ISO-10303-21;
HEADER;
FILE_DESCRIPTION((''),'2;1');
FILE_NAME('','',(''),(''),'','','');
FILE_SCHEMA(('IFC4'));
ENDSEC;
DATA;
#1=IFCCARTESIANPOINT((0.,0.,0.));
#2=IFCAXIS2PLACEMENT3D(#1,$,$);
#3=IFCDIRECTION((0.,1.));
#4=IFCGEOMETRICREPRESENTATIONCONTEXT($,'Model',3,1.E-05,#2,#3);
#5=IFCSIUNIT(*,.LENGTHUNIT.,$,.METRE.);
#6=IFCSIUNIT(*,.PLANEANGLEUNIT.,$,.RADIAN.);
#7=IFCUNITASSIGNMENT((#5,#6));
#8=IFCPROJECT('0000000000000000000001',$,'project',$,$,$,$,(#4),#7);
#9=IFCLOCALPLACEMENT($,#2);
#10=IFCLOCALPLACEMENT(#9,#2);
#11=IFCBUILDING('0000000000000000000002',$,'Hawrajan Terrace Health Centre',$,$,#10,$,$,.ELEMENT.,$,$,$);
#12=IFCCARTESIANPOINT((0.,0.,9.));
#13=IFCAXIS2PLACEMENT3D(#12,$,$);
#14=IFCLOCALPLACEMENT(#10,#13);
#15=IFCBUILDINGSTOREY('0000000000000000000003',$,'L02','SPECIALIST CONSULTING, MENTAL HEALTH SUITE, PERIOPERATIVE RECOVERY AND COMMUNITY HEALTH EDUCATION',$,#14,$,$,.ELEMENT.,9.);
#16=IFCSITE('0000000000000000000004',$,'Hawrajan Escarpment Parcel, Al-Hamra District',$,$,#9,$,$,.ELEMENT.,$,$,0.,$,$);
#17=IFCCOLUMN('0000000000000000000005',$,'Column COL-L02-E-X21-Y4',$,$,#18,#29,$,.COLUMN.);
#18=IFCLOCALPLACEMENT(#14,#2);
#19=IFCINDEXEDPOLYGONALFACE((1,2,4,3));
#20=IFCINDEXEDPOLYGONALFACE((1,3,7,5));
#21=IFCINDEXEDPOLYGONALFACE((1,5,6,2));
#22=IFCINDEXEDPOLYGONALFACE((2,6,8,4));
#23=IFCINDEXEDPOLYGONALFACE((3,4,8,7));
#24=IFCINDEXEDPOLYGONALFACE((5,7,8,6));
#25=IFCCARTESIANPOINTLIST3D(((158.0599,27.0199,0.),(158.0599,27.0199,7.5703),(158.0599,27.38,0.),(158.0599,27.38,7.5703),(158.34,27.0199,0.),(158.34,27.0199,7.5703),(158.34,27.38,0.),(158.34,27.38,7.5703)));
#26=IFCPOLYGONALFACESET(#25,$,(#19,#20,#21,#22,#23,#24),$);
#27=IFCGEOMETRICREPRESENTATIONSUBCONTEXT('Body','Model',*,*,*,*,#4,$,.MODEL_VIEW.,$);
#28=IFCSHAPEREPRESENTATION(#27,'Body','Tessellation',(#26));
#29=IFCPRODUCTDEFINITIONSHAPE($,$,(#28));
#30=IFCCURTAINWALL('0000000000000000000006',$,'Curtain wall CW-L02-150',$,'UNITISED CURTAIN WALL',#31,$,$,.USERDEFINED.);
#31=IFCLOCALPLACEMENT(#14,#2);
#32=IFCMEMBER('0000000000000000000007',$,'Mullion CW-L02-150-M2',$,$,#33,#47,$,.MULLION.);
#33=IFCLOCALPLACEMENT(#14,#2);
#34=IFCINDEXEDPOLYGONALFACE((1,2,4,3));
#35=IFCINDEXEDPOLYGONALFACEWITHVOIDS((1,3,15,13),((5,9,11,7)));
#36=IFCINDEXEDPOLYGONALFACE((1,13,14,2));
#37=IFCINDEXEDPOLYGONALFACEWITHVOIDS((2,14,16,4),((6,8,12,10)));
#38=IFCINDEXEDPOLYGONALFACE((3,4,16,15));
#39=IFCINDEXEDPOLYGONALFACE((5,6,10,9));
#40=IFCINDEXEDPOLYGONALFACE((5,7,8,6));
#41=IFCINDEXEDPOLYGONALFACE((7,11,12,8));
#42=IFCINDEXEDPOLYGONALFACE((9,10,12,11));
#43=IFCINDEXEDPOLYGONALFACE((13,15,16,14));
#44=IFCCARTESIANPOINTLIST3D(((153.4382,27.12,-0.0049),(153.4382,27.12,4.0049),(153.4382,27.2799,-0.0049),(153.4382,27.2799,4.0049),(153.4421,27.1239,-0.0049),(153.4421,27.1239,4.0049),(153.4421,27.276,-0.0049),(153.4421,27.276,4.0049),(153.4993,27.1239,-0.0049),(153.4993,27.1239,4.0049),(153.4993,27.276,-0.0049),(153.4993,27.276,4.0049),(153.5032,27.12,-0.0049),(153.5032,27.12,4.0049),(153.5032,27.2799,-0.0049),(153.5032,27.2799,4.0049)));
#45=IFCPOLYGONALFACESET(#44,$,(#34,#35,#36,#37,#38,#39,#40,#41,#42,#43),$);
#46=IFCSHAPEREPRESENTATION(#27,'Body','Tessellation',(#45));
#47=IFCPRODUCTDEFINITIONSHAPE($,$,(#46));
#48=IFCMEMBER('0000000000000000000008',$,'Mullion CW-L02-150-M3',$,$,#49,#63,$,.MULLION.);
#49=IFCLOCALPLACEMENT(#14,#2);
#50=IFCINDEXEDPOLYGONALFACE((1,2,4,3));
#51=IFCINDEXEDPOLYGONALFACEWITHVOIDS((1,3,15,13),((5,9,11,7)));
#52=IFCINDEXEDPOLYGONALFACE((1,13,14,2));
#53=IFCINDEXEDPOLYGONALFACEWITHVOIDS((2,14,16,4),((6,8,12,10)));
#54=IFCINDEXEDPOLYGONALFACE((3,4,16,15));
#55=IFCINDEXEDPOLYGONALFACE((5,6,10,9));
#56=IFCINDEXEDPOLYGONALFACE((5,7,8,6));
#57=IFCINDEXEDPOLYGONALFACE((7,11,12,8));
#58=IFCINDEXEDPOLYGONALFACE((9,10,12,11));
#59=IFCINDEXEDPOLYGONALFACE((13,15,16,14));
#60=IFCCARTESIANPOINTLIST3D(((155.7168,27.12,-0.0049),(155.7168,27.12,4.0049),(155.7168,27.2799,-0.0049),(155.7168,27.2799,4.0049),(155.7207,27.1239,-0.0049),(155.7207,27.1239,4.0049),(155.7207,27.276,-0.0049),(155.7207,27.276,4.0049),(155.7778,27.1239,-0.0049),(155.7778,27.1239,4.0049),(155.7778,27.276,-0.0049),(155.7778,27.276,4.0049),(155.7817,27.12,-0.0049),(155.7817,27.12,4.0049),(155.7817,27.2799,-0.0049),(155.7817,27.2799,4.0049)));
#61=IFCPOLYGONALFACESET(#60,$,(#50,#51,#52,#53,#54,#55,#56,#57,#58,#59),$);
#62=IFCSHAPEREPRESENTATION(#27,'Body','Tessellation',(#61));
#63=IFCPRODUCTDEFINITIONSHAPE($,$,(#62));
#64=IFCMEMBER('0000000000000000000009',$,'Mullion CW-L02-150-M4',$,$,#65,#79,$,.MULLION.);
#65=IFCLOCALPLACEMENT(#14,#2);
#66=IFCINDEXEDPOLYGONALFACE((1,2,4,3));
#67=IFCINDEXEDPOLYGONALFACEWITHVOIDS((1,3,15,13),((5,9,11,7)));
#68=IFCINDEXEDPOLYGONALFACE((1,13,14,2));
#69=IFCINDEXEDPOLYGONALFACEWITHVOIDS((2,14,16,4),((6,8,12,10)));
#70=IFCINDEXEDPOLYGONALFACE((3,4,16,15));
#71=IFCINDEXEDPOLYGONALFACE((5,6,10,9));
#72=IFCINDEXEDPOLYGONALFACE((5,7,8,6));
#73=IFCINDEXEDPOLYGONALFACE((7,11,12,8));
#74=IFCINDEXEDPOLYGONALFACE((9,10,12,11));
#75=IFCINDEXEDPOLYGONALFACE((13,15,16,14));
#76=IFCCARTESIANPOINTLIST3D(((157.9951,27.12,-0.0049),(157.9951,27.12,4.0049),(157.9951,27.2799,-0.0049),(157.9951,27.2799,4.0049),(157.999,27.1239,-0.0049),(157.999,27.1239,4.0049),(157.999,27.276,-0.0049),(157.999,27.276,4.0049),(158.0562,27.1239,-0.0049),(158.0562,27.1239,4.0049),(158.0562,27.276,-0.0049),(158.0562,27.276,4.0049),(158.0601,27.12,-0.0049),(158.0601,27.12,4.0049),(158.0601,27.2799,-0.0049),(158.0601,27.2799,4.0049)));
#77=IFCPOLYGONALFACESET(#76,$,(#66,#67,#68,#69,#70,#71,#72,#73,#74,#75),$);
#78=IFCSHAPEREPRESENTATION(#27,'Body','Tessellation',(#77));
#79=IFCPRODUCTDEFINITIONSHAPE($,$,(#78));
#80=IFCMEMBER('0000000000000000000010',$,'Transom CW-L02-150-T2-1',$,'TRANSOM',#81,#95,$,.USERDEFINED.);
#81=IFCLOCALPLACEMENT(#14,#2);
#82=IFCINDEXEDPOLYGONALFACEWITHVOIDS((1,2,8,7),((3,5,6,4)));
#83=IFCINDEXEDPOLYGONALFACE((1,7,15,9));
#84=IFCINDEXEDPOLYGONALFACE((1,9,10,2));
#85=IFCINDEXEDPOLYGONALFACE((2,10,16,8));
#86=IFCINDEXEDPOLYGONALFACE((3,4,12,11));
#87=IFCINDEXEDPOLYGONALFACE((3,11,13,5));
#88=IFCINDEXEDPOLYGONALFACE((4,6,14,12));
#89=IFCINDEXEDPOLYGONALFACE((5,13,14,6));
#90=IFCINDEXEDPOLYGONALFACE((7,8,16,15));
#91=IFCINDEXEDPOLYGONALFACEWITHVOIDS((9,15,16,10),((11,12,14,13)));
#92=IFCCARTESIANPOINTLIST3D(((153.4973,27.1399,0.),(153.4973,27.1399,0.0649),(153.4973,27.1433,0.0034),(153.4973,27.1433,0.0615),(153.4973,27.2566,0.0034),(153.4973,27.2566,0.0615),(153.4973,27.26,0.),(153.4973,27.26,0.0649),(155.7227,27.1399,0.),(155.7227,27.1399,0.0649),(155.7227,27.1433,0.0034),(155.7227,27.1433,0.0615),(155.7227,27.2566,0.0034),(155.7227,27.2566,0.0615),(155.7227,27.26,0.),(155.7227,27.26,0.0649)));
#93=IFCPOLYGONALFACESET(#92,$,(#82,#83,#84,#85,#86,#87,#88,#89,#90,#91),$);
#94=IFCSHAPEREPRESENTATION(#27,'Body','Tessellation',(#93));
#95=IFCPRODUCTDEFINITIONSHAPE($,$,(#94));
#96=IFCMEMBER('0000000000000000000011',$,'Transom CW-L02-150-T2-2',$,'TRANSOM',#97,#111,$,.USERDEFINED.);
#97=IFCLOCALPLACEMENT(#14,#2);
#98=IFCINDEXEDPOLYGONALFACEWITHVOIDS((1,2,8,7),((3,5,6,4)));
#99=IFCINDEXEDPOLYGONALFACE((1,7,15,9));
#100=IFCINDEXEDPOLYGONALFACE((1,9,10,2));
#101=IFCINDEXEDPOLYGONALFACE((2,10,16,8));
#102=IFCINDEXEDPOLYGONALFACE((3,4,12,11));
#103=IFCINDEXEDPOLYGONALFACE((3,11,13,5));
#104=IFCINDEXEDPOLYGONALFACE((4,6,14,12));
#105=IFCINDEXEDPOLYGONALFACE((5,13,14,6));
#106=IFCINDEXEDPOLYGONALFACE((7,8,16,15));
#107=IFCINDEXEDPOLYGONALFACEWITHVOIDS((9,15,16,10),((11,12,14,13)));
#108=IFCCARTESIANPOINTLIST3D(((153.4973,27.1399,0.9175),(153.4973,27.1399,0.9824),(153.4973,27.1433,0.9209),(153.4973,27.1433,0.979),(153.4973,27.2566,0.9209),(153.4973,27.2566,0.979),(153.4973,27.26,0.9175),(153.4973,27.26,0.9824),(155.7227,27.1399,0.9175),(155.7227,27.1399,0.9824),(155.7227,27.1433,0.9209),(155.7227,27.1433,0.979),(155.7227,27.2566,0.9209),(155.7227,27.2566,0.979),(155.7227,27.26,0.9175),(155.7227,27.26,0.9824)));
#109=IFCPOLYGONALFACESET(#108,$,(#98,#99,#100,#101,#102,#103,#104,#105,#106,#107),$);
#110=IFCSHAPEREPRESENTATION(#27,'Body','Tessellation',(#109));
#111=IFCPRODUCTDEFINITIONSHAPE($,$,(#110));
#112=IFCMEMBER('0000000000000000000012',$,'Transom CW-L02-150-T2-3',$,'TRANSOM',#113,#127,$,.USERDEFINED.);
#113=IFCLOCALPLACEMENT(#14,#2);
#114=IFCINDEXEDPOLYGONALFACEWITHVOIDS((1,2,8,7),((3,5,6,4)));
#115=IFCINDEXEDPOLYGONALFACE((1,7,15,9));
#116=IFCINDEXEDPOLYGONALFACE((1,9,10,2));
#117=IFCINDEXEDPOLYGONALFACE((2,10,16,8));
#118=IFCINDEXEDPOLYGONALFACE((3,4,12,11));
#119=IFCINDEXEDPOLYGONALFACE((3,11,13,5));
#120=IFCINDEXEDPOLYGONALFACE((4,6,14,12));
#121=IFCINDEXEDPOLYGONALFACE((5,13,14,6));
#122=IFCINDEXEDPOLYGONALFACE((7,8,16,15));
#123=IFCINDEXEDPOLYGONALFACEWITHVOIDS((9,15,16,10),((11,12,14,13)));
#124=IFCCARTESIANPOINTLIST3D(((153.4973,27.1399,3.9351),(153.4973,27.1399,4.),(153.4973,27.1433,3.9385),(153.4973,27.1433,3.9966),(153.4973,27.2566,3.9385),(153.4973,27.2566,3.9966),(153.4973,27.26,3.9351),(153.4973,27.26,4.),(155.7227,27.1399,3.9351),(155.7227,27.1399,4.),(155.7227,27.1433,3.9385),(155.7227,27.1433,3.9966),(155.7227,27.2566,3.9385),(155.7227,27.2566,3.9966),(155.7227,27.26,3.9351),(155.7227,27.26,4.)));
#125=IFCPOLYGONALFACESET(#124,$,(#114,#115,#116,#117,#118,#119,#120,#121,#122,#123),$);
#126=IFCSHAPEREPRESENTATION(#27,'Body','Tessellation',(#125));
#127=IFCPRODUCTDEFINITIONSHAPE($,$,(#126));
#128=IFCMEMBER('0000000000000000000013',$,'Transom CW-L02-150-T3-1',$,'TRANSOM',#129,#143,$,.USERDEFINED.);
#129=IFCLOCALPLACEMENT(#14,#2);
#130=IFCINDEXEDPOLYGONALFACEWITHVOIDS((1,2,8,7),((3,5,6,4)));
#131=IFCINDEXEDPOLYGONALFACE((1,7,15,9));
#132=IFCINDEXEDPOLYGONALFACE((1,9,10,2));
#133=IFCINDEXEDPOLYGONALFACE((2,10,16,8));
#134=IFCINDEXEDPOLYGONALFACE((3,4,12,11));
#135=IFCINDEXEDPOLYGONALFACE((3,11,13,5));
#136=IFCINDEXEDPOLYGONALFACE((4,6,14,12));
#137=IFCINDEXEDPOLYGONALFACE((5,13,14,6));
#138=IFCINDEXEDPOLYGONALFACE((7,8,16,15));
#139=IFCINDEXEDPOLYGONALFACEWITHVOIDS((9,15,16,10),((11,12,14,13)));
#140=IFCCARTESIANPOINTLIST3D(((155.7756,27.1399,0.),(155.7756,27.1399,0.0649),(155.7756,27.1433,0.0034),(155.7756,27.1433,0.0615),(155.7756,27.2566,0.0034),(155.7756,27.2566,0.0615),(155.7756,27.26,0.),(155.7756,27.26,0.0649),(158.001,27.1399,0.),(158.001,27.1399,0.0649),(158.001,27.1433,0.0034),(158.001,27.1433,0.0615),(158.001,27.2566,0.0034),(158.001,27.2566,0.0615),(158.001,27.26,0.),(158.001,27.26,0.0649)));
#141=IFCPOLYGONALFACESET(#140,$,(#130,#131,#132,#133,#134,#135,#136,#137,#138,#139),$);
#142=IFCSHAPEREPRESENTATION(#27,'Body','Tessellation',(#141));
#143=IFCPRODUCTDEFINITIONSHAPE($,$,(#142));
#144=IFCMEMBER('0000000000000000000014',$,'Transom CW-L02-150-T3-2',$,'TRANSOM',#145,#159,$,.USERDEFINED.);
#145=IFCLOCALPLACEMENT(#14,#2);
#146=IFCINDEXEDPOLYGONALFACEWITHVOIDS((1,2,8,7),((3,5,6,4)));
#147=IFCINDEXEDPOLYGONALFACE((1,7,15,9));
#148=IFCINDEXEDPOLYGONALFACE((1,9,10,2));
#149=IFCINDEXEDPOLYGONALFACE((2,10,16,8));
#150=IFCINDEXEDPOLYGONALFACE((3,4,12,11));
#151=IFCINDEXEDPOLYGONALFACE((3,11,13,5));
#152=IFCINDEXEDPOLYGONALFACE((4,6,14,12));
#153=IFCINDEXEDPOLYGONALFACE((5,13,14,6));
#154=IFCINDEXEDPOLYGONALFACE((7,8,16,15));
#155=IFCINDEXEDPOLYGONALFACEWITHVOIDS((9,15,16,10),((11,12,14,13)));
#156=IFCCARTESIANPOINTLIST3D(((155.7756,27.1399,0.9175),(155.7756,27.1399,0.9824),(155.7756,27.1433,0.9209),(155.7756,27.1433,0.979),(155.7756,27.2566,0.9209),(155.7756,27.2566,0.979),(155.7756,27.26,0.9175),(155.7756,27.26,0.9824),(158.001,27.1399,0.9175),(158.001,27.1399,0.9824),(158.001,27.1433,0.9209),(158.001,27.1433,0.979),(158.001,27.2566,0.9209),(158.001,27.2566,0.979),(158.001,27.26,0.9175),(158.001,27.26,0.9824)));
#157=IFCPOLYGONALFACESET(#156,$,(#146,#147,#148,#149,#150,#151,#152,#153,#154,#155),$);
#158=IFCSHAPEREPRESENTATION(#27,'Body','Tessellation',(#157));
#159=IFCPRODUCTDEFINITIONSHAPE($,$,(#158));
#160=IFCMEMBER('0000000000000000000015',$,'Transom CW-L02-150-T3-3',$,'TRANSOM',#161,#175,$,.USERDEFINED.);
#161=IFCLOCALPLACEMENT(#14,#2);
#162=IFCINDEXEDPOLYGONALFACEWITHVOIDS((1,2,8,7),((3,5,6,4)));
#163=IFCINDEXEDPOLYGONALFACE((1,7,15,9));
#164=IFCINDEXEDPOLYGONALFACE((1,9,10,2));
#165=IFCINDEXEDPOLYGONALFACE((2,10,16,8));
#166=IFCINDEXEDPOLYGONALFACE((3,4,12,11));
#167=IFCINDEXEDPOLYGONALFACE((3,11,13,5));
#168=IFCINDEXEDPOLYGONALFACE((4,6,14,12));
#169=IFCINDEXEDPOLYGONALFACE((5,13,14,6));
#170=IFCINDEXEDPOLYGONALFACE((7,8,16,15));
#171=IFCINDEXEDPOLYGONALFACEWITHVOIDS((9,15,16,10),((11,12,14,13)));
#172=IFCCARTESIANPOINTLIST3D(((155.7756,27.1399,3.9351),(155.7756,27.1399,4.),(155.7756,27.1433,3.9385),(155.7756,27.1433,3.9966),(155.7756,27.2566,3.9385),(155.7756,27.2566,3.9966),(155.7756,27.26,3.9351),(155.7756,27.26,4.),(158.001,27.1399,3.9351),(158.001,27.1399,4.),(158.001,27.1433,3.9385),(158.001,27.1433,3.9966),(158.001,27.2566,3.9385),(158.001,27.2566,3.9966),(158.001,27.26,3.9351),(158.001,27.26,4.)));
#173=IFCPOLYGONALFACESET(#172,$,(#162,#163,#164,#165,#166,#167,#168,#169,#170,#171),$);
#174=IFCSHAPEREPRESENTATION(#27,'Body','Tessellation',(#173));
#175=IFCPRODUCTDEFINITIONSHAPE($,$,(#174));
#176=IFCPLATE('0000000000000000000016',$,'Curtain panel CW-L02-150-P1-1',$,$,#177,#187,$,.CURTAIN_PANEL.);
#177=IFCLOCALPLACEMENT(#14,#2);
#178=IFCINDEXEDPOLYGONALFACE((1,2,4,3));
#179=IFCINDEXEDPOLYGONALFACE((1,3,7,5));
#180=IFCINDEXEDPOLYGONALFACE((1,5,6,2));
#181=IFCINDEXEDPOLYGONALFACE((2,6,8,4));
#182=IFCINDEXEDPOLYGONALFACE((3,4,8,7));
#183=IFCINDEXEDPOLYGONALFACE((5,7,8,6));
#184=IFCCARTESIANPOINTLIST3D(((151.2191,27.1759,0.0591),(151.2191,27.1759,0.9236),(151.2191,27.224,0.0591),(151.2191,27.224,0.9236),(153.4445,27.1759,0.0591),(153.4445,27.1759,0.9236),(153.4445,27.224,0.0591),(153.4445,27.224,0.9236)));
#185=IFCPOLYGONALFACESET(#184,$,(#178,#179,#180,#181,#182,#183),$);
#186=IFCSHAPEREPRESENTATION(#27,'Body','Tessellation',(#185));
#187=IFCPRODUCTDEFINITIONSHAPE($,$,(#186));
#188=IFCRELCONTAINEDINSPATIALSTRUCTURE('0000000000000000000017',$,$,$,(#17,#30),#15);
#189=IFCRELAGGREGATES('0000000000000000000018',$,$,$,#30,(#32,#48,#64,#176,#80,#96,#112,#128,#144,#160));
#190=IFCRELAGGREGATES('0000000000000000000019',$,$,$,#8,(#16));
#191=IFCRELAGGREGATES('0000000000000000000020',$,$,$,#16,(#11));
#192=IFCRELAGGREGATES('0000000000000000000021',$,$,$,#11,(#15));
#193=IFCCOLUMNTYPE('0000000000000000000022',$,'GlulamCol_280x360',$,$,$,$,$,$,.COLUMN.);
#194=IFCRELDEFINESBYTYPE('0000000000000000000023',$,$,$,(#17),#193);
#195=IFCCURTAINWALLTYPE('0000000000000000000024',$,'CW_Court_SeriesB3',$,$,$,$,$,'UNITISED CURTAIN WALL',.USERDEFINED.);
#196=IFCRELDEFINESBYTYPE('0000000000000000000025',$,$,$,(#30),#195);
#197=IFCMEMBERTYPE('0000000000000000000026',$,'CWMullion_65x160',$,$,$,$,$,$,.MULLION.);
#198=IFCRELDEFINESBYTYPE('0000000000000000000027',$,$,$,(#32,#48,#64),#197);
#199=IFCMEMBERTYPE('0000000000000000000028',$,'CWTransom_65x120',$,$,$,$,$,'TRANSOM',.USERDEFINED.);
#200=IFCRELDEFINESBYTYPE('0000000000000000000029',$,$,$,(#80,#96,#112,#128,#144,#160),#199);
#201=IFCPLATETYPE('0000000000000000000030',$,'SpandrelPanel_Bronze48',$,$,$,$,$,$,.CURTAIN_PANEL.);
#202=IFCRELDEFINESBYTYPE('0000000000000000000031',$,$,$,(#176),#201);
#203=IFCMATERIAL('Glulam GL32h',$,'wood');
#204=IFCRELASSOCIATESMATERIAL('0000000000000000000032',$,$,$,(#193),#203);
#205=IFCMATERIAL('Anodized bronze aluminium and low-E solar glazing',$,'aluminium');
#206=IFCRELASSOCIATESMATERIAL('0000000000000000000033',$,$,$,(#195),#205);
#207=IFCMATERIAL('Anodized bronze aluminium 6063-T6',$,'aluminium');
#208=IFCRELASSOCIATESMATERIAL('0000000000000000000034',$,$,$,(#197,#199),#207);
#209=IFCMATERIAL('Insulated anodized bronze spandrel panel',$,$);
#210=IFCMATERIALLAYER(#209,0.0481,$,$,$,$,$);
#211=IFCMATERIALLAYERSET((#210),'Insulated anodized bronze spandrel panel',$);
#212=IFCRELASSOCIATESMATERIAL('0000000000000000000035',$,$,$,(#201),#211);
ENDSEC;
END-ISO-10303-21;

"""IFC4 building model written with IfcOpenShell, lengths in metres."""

from ifc_helpers import new_model, si_unit, direction, frame, origin, origin_2d, place, context, subcontext, project, spatial, rectangle, hollow_rectangle, extrude, material, layer, layer_set, material_profile, profile_set, type_object, element, aggregate, save


model = new_model("IFC4")

# Units and contexts
model_context = context("Model", 3, precision=1e-05, world=origin(), true_north=direction((0.0, 1.0)))
body_context = subcontext(model_context, "Body", "Model", "MODEL_VIEW")
ifc_project = project(units=[si_unit("LENGTHUNIT", "METRE"), si_unit("PLANEANGLEUNIT", "RADIAN")], contexts=[model_context])

# Site, building, storey
site_placement = place(None, origin())
site = spatial("IfcSite", under=ifc_project, at=site_placement, Name="Hawrajan Escarpment Parcel, Al-Hamra District", CompositionType="ELEMENT", RefElevation=0.0)
building_placement = place(site_placement, origin())
building = spatial("IfcBuilding", under=site, at=building_placement, Name="Hawrajan Terrace Health Centre", CompositionType="ELEMENT")
storey_placement = place(building_placement, frame((0.0, 0.0, 9.0)))
storey = spatial("IfcBuildingStorey", under=building, at=storey_placement, Name="L02", Description="SPECIALIST CONSULTING, MENTAL HEALTH SUITE, PERIOPERATIVE RECOVERY AND COMMUNITY HEALTH EDUCATION", CompositionType="ELEMENT", Elevation=9.0)

# Column
ifc_material_1 = material(Name="Glulam GL32h", Category="wood")
ifc_material_profile_1 = material_profile(ifc_material_1, rectangle(XDim=0.28, YDim=0.3601, at=origin_2d()), Name="GL 280x360")
ifc_profile_set_1 = profile_set([ifc_material_profile_1], Name="Glulam GL32h")
column_type = type_object("IfcColumnType", Name="GlulamCol_280x360", PredefinedType="COLUMN", material=ifc_profile_set_1)
column_placement = place(storey_placement, frame((158.2, 27.2, 0.0), z_axis=(0.0, 0.0, 1.0), x_axis=(1.0, 0.0, 0.0)))
element("IfcColumn", 1, at=column_placement, inside=storey, type_object=column_type, Name="Column COL-L02-E-X21-Y4", PredefinedType="COLUMN", context=body_context, shape_type="SweptSolid", body=[
    extrude(rectangle(XDim=0.28, YDim=0.3601, at=origin_2d()), origin(), (0.0, 0.0, 1.0), 7.5703),
])

# Curtain wall, members, plate
ifc_material_2 = material(Name="Anodized bronze aluminium and low-E solar glazing", Category="aluminium")
curtain_wall_type = type_object("IfcCurtainWallType", Name="CW_Court_SeriesB3", ElementType="UNITISED CURTAIN WALL", PredefinedType="USERDEFINED", material=ifc_material_2)
curtain_wall_placement = place(storey_placement, origin())
curtain_wall = element("IfcCurtainWall", 2, at=curtain_wall_placement, inside=storey, type_object=curtain_wall_type, Name="Curtain wall CW-L02-150", ObjectType="UNITISED CURTAIN WALL", PredefinedType="USERDEFINED")
ifc_material_3 = material(Name="Anodized bronze aluminium 6063-T6", Category="aluminium")
ifc_material_profile_2 = material_profile(ifc_material_3, hollow_rectangle(XDim=0.0649, YDim=0.1599, WallThickness=0.0039, at=origin_2d()), Name="CW MUL 65x160")
ifc_profile_set_2 = profile_set([ifc_material_profile_2], Name="Anodized bronze aluminium 6063-T6")
member_type_1 = type_object("IfcMemberType", Name="CWMullion_65x160", PredefinedType="MULLION", material=ifc_profile_set_2)
member_1_placement = place(storey_placement, frame((153.4707, 27.2, -0.0049), z_axis=(0.0, 0.0, 1.0), x_axis=(1.0, 0.0, 0.0)))
member_1 = element("IfcMember", 3, at=member_1_placement, type_object=member_type_1, Name="Mullion CW-L02-150-M2", PredefinedType="MULLION", context=body_context, shape_type="SweptSolid", body=[
    extrude(hollow_rectangle(XDim=0.0649, YDim=0.1599, WallThickness=0.0039, at=origin_2d()), origin(), (0.0, 0.0, 1.0), 4.0098),
])
member_2_placement = place(storey_placement, frame((155.7493, 27.2, -0.0049), z_axis=(0.0, 0.0, 1.0), x_axis=(1.0, 0.0, 0.0)))
member_2 = element("IfcMember", 4, at=member_2_placement, type_object=member_type_1, Name="Mullion CW-L02-150-M3", PredefinedType="MULLION", context=body_context, shape_type="SweptSolid", body=[
    extrude(hollow_rectangle(XDim=0.0649, YDim=0.1599, WallThickness=0.0039, at=origin_2d()), origin(), (0.0, 0.0, 1.0), 4.0098),
])
member_3_placement = place(storey_placement, frame((158.0276, 27.2, -0.0049), z_axis=(0.0, 0.0, 1.0), x_axis=(1.0, 0.0, 0.0)))
member_3 = element("IfcMember", 5, at=member_3_placement, type_object=member_type_1, Name="Mullion CW-L02-150-M4", PredefinedType="MULLION", context=body_context, shape_type="SweptSolid", body=[
    extrude(hollow_rectangle(XDim=0.0649, YDim=0.1599, WallThickness=0.0039, at=origin_2d()), origin(), (0.0, 0.0, 1.0), 4.0098),
])
ifc_material_profile_3 = material_profile(ifc_material_3, hollow_rectangle(XDim=0.0649, YDim=0.1201, WallThickness=0.0034, at=origin_2d()), Name="CW TRN 65x120")
ifc_profile_set_3 = profile_set([ifc_material_profile_3], Name="Anodized bronze aluminium 6063-T6")
member_type_2 = type_object("IfcMemberType", Name="CWTransom_65x120", ElementType="TRANSOM", PredefinedType="USERDEFINED", material=ifc_profile_set_3)
member_4_placement = place(storey_placement, frame((153.4973, 27.2, 0.0325), z_axis=(1.0, 0.0, 0.0), x_axis=(0.0, 0.0, 1.0)))
member_4 = element("IfcMember", 6, at=member_4_placement, type_object=member_type_2, Name="Transom CW-L02-150-T2-1", ObjectType="TRANSOM", PredefinedType="USERDEFINED", context=body_context, shape_type="SweptSolid", body=[
    extrude(hollow_rectangle(XDim=0.0649, YDim=0.1201, WallThickness=0.0034, at=origin_2d()), origin(), (0.0, 0.0, 1.0), 2.2253),
])
member_5_placement = place(storey_placement, frame((153.4973, 27.2, 0.95), z_axis=(1.0, 0.0, 0.0), x_axis=(0.0, 0.0, 1.0)))
member_5 = element("IfcMember", 7, at=member_5_placement, type_object=member_type_2, Name="Transom CW-L02-150-T2-2", ObjectType="TRANSOM", PredefinedType="USERDEFINED", context=body_context, shape_type="SweptSolid", body=[
    extrude(hollow_rectangle(XDim=0.0649, YDim=0.1201, WallThickness=0.0034, at=origin_2d()), origin(), (0.0, 0.0, 1.0), 2.2253),
])
member_6_placement = place(storey_placement, frame((153.4973, 27.2, 3.9675), z_axis=(1.0, 0.0, 0.0), x_axis=(0.0, 0.0, 1.0)))
member_6 = element("IfcMember", 8, at=member_6_placement, type_object=member_type_2, Name="Transom CW-L02-150-T2-3", ObjectType="TRANSOM", PredefinedType="USERDEFINED", context=body_context, shape_type="SweptSolid", body=[
    extrude(hollow_rectangle(XDim=0.0649, YDim=0.1201, WallThickness=0.0034, at=origin_2d()), origin(), (0.0, 0.0, 1.0), 2.2253),
])
member_7_placement = place(storey_placement, frame((155.7756, 27.2, 0.0325), z_axis=(1.0, 0.0, 0.0), x_axis=(0.0, 0.0, 1.0)))
member_7 = element("IfcMember", 9, at=member_7_placement, type_object=member_type_2, Name="Transom CW-L02-150-T3-1", ObjectType="TRANSOM", PredefinedType="USERDEFINED", context=body_context, shape_type="SweptSolid", body=[
    extrude(hollow_rectangle(XDim=0.0649, YDim=0.1201, WallThickness=0.0034, at=origin_2d()), origin(), (0.0, 0.0, 1.0), 2.2253),
])
member_8_placement = place(storey_placement, frame((155.7756, 27.2, 0.95), z_axis=(1.0, 0.0, 0.0), x_axis=(0.0, 0.0, 1.0)))
member_8 = element("IfcMember", 10, at=member_8_placement, type_object=member_type_2, Name="Transom CW-L02-150-T3-2", ObjectType="TRANSOM", PredefinedType="USERDEFINED", context=body_context, shape_type="SweptSolid", body=[
    extrude(hollow_rectangle(XDim=0.0649, YDim=0.1201, WallThickness=0.0034, at=origin_2d()), origin(), (0.0, 0.0, 1.0), 2.2253),
])
member_9_placement = place(storey_placement, frame((155.7756, 27.2, 3.9675), z_axis=(1.0, 0.0, 0.0), x_axis=(0.0, 0.0, 1.0)))
member_9 = element("IfcMember", 11, at=member_9_placement, type_object=member_type_2, Name="Transom CW-L02-150-T3-3", ObjectType="TRANSOM", PredefinedType="USERDEFINED", context=body_context, shape_type="SweptSolid", body=[
    extrude(hollow_rectangle(XDim=0.0649, YDim=0.1201, WallThickness=0.0034, at=origin_2d()), origin(), (0.0, 0.0, 1.0), 2.2253),
])
ifc_material_4 = material(Name="Insulated anodized bronze spandrel panel")
ifc_layer_1 = layer(ifc_material_4, 0.0481)
ifc_layer_set_1 = layer_set([ifc_layer_1], Name="Insulated anodized bronze spandrel panel")
plate_type_1 = type_object("IfcPlateType", Name="SpandrelPanel_Bronze48", PredefinedType="CURTAIN_PANEL", material=ifc_layer_set_1)
plate_1_placement = place(storey_placement, frame((152.3318, 27.2, 0.0591), z_axis=(0.0, 0.0, 1.0), x_axis=(1.0, 0.0, 0.0)))
plate_1 = element("IfcPlate", 12, at=plate_1_placement, type_object=plate_type_1, Name="Curtain panel CW-L02-150-P1-1", PredefinedType="CURTAIN_PANEL", context=body_context, shape_type="SweptSolid", body=[
    extrude(rectangle(XDim=2.2253, YDim=0.0481, at=origin_2d()), origin(), (0.0, 0.0, 1.0), 0.8645),
])
aggregate(curtain_wall, [member_1, member_2, member_3, plate_1, member_4, member_5, member_6, member_7, member_8, member_9])

save(model, "model.ifc")
